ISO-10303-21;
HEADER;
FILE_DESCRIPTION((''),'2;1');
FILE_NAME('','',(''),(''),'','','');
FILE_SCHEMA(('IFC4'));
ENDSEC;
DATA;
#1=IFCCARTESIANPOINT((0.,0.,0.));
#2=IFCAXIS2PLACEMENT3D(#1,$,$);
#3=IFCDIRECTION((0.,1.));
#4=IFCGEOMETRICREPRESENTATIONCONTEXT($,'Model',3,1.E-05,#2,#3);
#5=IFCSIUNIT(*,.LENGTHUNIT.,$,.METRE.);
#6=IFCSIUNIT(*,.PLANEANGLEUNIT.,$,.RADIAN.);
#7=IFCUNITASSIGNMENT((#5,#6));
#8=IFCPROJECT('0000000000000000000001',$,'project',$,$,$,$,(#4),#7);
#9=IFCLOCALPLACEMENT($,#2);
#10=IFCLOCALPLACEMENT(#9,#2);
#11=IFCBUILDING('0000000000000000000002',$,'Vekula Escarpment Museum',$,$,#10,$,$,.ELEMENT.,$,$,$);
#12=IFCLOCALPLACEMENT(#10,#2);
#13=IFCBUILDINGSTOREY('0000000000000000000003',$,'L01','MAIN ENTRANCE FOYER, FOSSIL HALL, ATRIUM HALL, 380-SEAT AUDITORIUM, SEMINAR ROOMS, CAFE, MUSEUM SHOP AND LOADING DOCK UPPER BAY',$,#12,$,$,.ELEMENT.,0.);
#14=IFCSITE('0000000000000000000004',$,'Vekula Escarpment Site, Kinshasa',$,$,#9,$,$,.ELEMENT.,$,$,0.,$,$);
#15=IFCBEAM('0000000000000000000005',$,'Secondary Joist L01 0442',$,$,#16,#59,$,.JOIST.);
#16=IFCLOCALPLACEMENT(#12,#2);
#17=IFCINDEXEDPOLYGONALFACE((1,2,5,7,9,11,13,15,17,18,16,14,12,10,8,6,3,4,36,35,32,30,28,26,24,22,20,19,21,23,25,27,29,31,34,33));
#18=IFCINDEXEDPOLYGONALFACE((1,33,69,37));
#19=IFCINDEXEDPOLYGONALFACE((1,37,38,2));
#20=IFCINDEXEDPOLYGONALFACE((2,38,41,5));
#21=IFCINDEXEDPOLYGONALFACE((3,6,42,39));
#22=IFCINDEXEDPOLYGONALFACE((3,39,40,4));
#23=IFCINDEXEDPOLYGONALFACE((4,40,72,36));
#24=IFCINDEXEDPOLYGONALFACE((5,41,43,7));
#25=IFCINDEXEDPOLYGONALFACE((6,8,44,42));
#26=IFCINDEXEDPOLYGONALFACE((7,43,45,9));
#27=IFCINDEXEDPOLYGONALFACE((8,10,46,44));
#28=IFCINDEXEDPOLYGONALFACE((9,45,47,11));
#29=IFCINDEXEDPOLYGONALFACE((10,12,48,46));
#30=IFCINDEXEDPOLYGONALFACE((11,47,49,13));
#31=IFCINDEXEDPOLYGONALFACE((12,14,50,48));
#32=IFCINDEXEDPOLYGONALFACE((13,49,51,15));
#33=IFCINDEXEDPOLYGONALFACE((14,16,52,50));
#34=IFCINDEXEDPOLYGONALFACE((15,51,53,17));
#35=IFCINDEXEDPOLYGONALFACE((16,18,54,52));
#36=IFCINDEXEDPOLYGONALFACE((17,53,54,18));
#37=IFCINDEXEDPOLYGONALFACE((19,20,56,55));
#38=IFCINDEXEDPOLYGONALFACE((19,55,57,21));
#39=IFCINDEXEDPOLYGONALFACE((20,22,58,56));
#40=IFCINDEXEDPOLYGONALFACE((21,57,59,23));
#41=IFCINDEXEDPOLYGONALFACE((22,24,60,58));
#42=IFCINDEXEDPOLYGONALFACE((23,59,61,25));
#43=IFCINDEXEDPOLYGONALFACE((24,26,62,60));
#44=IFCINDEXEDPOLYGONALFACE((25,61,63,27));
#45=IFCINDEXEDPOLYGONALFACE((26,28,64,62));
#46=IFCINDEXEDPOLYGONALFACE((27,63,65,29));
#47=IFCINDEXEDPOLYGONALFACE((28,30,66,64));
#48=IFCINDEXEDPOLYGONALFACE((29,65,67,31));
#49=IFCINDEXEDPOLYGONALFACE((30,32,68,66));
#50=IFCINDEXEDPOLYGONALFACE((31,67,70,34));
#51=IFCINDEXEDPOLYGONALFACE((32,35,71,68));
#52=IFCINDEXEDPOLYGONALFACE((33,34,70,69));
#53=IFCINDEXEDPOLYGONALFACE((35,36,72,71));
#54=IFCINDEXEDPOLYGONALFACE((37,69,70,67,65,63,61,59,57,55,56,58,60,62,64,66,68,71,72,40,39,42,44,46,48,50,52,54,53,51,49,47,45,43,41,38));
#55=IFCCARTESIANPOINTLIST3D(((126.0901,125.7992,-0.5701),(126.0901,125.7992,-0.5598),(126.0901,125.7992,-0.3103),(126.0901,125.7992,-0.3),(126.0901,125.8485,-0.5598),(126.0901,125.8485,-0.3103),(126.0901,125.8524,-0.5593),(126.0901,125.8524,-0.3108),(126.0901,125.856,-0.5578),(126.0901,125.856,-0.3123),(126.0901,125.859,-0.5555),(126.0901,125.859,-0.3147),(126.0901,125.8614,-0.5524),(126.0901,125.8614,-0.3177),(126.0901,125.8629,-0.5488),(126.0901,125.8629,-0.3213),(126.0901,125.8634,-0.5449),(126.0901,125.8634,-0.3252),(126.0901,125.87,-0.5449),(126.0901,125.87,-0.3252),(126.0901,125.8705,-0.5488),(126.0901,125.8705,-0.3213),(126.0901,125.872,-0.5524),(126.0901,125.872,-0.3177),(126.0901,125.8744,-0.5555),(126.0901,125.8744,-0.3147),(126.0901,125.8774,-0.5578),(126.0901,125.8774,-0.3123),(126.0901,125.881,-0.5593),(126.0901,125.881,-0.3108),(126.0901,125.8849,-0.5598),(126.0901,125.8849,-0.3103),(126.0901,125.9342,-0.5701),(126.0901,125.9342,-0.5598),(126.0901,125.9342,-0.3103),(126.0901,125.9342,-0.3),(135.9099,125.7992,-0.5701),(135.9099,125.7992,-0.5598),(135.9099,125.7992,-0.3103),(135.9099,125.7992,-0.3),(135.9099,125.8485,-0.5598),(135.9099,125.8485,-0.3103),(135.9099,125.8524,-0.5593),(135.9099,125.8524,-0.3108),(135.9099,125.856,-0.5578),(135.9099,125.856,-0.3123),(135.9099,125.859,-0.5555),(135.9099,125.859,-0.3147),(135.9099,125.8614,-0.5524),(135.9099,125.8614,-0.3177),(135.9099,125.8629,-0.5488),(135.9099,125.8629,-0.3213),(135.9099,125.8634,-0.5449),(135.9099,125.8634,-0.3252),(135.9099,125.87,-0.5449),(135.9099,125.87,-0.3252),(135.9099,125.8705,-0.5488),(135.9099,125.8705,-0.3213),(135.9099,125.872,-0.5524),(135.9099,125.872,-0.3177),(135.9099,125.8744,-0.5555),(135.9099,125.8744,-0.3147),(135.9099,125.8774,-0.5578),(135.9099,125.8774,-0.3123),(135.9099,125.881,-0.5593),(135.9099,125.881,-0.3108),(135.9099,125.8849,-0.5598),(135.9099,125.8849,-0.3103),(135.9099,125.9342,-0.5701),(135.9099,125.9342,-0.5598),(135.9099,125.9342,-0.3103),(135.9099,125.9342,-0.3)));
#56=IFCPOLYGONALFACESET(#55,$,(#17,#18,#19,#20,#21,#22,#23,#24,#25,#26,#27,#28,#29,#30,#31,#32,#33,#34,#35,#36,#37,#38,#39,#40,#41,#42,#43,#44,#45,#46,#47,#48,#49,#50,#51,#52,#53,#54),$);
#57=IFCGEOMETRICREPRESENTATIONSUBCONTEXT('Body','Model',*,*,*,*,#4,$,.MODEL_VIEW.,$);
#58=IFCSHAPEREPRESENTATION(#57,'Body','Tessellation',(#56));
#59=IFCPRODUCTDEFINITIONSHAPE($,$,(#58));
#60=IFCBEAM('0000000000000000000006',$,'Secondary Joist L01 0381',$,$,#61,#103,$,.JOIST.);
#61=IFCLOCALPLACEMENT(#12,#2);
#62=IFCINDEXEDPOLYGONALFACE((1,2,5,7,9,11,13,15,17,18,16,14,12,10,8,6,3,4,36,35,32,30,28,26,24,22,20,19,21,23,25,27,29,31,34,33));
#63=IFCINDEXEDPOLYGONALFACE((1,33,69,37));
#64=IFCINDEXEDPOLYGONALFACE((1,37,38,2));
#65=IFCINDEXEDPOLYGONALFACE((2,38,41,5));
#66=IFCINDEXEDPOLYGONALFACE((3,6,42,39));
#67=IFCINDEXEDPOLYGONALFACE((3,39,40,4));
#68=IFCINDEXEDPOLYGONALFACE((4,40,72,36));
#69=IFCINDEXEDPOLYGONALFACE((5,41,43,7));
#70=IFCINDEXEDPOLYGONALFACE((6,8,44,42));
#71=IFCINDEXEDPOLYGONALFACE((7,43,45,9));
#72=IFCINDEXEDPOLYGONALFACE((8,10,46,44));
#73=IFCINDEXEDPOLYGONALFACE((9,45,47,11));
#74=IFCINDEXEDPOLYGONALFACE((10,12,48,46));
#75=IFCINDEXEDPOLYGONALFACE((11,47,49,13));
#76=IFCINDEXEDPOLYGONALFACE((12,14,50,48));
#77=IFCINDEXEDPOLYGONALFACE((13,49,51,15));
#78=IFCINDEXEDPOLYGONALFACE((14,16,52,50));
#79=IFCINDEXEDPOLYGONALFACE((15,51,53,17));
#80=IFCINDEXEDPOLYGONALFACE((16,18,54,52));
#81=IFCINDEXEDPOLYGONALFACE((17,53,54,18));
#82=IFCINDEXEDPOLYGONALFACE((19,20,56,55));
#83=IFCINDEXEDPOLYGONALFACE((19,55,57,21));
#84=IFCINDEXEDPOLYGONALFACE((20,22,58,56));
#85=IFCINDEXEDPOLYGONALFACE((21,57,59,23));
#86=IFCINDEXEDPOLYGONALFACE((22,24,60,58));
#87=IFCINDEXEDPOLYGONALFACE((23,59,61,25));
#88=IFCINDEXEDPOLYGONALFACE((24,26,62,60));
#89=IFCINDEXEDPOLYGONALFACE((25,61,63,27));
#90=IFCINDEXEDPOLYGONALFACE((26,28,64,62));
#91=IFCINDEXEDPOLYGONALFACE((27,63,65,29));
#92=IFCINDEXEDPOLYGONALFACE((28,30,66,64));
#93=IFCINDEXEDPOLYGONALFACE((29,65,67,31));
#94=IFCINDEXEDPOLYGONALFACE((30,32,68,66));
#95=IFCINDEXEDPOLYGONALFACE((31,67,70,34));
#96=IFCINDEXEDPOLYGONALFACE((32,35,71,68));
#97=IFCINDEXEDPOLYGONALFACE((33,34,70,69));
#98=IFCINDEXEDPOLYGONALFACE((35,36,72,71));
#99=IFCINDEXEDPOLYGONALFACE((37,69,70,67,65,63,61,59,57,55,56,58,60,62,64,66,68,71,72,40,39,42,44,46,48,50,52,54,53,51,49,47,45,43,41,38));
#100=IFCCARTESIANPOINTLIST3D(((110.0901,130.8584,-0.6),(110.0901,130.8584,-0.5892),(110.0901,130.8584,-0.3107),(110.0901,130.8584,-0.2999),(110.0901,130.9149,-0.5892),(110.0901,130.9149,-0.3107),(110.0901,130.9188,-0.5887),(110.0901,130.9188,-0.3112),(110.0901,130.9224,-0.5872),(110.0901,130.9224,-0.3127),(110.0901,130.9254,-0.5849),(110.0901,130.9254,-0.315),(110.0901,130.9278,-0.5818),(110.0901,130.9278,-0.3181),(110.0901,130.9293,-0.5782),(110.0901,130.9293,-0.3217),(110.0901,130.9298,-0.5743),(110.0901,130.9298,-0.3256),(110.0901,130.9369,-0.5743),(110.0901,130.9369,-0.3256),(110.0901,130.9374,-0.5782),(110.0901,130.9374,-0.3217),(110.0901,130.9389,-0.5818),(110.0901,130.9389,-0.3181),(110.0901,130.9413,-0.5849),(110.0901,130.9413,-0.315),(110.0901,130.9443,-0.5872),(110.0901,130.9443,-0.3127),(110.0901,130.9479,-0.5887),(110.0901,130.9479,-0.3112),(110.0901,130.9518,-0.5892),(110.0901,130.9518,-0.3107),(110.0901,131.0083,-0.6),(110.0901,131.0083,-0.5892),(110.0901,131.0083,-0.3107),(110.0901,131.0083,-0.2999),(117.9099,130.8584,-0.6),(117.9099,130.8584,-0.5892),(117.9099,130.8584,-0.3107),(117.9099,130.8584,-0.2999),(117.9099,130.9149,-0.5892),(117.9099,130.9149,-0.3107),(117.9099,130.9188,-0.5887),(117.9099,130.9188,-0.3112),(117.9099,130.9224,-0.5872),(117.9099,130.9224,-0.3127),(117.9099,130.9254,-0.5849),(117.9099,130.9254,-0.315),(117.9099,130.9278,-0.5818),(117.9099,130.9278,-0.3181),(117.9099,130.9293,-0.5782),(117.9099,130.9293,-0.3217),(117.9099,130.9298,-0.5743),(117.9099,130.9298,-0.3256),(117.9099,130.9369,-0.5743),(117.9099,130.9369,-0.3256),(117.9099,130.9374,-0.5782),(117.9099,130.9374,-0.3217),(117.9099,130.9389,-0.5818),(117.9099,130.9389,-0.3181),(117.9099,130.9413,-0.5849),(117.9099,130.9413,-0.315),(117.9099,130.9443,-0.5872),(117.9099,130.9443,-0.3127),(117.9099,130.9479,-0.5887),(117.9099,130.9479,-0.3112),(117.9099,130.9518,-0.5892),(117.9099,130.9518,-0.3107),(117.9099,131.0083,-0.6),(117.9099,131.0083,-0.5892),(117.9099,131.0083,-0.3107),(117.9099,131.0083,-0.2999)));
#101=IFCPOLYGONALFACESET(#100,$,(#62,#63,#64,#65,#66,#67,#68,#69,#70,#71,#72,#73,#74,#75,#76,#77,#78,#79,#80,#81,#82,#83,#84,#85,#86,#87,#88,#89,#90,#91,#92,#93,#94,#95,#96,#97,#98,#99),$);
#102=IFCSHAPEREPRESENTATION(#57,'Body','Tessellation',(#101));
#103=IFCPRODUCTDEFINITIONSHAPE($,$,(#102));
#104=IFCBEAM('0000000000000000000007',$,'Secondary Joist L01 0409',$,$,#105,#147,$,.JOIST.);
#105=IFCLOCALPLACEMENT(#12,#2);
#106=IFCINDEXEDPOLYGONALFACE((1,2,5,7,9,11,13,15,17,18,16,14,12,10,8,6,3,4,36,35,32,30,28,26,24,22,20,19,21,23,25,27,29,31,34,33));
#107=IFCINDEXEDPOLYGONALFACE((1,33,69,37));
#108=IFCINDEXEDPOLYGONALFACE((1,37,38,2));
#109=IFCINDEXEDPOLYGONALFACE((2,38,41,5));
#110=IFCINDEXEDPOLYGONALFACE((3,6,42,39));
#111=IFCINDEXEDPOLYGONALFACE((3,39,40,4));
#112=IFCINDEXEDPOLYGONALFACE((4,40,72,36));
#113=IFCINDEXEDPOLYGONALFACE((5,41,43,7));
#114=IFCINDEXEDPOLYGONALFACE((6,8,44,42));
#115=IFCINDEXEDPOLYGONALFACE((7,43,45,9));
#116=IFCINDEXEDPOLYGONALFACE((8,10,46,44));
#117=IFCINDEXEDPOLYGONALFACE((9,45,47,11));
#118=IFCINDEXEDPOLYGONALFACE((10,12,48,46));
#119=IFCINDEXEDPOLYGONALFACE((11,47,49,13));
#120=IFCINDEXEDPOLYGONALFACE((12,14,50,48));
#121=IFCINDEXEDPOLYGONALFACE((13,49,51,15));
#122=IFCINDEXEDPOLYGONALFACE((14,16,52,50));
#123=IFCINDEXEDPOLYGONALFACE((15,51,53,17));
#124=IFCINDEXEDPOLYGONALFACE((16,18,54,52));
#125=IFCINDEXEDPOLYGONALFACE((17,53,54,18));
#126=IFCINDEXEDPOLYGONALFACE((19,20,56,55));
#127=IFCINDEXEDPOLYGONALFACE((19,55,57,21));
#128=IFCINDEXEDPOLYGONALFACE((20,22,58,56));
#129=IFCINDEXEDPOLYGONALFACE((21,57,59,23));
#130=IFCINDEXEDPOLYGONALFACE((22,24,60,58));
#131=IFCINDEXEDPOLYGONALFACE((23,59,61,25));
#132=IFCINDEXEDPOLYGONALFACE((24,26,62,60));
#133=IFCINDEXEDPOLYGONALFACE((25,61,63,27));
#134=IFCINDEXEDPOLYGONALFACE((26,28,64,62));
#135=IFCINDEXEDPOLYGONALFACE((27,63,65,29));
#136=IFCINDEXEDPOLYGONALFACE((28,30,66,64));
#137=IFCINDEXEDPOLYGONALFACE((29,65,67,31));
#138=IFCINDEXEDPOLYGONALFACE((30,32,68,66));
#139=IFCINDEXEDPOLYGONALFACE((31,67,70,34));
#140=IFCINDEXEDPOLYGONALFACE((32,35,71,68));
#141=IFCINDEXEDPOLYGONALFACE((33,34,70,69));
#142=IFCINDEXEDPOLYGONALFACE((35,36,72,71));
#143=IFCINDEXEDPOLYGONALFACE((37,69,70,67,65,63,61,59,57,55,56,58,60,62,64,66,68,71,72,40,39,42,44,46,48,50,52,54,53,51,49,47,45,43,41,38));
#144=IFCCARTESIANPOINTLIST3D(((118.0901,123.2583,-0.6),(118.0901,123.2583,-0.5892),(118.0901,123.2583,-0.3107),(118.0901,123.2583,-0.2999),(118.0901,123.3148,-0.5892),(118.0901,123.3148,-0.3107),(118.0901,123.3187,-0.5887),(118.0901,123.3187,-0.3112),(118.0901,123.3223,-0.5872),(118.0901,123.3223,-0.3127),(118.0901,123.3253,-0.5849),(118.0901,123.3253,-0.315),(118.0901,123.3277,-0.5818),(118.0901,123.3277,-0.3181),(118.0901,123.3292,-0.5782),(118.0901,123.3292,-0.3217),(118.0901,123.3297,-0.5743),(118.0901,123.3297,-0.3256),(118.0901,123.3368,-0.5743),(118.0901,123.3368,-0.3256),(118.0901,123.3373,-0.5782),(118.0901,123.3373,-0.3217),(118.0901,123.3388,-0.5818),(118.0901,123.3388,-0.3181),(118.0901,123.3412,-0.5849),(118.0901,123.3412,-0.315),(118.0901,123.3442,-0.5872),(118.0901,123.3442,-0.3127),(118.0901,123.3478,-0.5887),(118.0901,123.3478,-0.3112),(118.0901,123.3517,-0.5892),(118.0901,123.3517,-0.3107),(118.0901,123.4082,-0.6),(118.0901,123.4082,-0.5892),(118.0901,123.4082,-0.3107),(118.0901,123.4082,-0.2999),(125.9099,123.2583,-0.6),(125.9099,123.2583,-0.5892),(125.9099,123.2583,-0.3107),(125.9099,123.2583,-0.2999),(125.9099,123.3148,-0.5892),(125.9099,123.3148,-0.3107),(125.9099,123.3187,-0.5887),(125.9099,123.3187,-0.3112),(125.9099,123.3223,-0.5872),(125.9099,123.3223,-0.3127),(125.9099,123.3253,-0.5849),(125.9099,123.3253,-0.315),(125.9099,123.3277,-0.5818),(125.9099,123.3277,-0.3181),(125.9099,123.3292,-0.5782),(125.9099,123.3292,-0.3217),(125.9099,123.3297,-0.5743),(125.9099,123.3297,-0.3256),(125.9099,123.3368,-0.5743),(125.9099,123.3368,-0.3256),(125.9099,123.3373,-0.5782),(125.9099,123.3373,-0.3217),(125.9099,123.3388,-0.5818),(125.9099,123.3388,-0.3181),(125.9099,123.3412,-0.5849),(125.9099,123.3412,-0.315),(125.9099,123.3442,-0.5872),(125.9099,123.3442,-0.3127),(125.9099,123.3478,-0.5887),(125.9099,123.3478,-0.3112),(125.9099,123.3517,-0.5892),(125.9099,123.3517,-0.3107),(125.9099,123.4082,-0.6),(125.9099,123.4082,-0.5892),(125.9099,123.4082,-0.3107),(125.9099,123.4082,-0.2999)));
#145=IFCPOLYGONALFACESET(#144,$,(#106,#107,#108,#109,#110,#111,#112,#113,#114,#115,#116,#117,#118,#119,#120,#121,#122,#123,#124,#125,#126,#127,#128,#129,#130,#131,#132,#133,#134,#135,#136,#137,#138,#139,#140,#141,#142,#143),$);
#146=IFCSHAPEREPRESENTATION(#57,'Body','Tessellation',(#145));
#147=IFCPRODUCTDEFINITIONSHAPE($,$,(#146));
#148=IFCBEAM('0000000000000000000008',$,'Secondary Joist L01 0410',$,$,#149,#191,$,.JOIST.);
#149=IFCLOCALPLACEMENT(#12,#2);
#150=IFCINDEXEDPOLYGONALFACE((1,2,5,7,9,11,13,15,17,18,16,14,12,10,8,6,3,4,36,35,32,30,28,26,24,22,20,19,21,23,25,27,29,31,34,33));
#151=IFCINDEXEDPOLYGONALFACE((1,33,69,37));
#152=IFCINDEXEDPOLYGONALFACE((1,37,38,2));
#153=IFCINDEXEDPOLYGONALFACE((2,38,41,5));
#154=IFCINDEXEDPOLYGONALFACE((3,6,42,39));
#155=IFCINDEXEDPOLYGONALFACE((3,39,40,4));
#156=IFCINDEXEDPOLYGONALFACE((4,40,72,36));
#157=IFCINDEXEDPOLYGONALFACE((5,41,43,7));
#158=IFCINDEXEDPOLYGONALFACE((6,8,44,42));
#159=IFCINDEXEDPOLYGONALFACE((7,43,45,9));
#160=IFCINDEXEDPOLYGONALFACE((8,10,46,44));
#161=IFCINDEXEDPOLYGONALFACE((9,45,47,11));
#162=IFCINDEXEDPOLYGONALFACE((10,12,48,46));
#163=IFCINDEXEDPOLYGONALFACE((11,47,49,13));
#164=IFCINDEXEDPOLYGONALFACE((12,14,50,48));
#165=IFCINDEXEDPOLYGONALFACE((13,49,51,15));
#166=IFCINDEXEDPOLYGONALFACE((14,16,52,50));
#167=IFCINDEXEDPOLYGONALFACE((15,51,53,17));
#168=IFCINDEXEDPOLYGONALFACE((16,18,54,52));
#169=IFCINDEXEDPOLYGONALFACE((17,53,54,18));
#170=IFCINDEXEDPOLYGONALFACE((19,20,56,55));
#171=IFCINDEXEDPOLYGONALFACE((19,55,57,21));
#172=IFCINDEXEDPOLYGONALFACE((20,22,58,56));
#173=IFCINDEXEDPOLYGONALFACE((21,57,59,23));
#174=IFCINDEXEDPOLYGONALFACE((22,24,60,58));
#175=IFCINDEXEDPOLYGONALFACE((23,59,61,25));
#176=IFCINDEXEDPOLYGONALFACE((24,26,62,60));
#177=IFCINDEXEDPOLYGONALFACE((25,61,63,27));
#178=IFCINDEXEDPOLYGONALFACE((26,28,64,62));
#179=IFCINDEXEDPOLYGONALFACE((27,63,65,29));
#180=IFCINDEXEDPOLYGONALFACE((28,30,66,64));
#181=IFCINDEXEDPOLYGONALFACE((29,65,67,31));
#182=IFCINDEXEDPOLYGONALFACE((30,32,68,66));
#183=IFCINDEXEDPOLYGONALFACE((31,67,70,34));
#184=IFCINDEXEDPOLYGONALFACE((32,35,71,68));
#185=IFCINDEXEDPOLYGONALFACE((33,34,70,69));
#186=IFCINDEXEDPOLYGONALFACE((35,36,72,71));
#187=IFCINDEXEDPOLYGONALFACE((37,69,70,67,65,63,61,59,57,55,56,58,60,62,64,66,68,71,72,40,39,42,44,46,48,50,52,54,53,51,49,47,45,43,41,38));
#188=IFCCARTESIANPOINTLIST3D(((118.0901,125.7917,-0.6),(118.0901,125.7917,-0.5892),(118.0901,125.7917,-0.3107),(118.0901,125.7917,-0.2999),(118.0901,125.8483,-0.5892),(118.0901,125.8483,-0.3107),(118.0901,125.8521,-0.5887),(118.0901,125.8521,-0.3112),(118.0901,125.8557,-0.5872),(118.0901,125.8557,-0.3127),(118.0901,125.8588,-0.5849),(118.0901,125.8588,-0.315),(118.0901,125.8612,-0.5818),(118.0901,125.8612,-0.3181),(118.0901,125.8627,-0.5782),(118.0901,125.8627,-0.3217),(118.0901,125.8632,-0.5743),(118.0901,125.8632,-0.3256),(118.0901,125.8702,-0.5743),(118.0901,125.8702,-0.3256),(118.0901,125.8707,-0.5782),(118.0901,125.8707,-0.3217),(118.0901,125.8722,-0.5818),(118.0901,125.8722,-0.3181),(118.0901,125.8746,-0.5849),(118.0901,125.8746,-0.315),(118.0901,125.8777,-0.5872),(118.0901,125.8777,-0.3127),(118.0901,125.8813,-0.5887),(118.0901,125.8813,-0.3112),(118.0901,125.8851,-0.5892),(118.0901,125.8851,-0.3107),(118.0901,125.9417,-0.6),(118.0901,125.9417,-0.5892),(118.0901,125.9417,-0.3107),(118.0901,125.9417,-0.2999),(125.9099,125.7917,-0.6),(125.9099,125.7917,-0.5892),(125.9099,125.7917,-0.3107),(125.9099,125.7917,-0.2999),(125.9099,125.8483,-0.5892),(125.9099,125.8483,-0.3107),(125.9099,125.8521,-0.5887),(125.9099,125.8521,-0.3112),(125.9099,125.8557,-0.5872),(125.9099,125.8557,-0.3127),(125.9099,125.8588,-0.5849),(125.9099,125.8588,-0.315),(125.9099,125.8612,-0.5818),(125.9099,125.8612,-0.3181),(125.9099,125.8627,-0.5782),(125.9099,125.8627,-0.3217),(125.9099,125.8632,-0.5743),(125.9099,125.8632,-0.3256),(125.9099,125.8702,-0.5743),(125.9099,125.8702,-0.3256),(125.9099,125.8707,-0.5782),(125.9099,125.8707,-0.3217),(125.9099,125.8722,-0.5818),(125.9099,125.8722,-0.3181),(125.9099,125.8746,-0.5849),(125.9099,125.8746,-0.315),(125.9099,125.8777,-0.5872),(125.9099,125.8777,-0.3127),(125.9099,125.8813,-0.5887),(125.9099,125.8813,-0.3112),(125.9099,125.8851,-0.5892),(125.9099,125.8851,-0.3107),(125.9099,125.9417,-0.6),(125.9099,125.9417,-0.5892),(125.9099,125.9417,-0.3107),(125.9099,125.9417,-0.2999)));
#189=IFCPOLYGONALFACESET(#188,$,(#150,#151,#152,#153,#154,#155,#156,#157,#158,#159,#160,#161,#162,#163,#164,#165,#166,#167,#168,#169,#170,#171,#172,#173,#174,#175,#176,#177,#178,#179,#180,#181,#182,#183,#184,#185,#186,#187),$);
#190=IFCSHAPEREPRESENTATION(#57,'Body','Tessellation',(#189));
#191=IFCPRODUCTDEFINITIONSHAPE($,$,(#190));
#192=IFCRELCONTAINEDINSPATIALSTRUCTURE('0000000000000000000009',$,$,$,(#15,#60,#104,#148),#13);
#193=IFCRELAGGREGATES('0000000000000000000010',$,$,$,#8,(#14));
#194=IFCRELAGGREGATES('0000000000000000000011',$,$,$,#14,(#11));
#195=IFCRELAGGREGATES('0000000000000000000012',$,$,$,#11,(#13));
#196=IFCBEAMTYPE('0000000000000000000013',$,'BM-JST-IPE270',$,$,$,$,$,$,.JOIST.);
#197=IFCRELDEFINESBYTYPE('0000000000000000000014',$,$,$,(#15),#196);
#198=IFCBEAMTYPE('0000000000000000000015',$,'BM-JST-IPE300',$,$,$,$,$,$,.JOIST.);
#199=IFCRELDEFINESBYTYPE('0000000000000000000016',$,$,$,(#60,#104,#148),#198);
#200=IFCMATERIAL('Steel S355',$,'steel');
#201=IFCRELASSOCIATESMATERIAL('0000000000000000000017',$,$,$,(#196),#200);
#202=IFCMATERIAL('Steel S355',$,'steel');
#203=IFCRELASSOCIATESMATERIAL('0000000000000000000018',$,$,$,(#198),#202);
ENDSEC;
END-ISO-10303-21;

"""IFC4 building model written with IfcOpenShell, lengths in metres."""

from ifc_helpers import new_model, si_unit, direction, frame, origin, origin_2d, place, context, subcontext, project, spatial, i_section, extrude, material, material_profile, profile_set, type_object, element, save


model = new_model("IFC4")

# Units and contexts
model_context = context("Model", 3, precision=1e-05, world=origin(), true_north=direction((0.0, 1.0)))
body_context = subcontext(model_context, "Body", "Model", "MODEL_VIEW")
ifc_project = project(units=[si_unit("LENGTHUNIT", "METRE"), si_unit("PLANEANGLEUNIT", "RADIAN")], contexts=[model_context])

# Site, building, storey
site_placement = place(None, origin())
site = spatial("IfcSite", under=ifc_project, at=site_placement, Name="Vekula Escarpment Site, Kinshasa", CompositionType="ELEMENT", RefElevation=0.0)
building_placement = place(site_placement, origin())
building = spatial("IfcBuilding", under=site, at=building_placement, Name="Vekula Escarpment Museum", CompositionType="ELEMENT")
storey_placement = place(building_placement, origin())
storey = spatial("IfcBuildingStorey", under=building, at=storey_placement, Name="L01", Description="MAIN ENTRANCE FOYER, FOSSIL HALL, ATRIUM HALL, 380-SEAT AUDITORIUM, SEMINAR ROOMS, CAFE, MUSEUM SHOP AND LOADING DOCK UPPER BAY", CompositionType="ELEMENT", Elevation=0.0)

# Beams
ifc_material_1 = material(Name="Steel S355", Category="steel")
ifc_material_profile_1 = material_profile(ifc_material_1, i_section(OverallWidth=0.135, OverallDepth=0.27, WebThickness=0.0066, FlangeThickness=0.0103, FilletRadius=0.0149, at=origin_2d()), Name="IPE 270")
ifc_profile_set_1 = profile_set([ifc_material_profile_1], Name="Steel S355")
beam_type_1 = type_object("IfcBeamType", Name="BM-JST-IPE270", PredefinedType="JOIST", material=ifc_profile_set_1)
for number, where, z_axis, x_axis, name in (
    (1, (126.0901, 125.8667, -0.4351), (1.0, 0.0, 0.0), (0.0, 1.0, 0.0), "Secondary Joist L01 0442"),
):
    element("IfcBeam", number, at=place(storey_placement, frame(where, z_axis=z_axis, x_axis=x_axis)), inside=storey, type_object=beam_type_1, Name=name, PredefinedType="JOIST", context=body_context, shape_type="SweptSolid", body=[
        extrude(i_section(OverallWidth=0.135, OverallDepth=0.27, WebThickness=0.0066, FlangeThickness=0.0103, FilletRadius=0.0149, at=origin_2d()), origin(), (0.0, 0.0, 1.0), 9.8198),
    ])
ifc_material_2 = material(Name="Steel S355", Category="steel")
ifc_material_profile_2 = material_profile(ifc_material_2, i_section(OverallWidth=0.1499, OverallDepth=0.3, WebThickness=0.0071, FlangeThickness=0.0107, FilletRadius=0.0149, at=origin_2d()), Name="IPE 300")
ifc_profile_set_2 = profile_set([ifc_material_profile_2], Name="Steel S355")
beam_type_2 = type_object("IfcBeamType", Name="BM-JST-IPE300", PredefinedType="JOIST", material=ifc_profile_set_2)
for number, where, z_axis, x_axis, name in (
    (2, (110.0901, 130.9333, -0.45), (1.0, 0.0, 0.0), (0.0, 1.0, 0.0), "Secondary Joist L01 0381"),
    (3, (118.0901, 123.3333, -0.45), (1.0, 0.0, 0.0), (0.0, 1.0, 0.0), "Secondary Joist L01 0409"),
    (4, (118.0901, 125.8667, -0.45), (1.0, 0.0, 0.0), (0.0, 1.0, 0.0), "Secondary Joist L01 0410"),
):
    element("IfcBeam", number, at=place(storey_placement, frame(where, z_axis=z_axis, x_axis=x_axis)), inside=storey, type_object=beam_type_2, Name=name, PredefinedType="JOIST", context=body_context, shape_type="SweptSolid", body=[
        extrude(i_section(OverallWidth=0.1499, OverallDepth=0.3, WebThickness=0.0071, FlangeThickness=0.0107, FilletRadius=0.0149, at=origin_2d()), origin(), (0.0, 0.0, 1.0), 7.8198),
    ])

save(model, "model.ifc")
